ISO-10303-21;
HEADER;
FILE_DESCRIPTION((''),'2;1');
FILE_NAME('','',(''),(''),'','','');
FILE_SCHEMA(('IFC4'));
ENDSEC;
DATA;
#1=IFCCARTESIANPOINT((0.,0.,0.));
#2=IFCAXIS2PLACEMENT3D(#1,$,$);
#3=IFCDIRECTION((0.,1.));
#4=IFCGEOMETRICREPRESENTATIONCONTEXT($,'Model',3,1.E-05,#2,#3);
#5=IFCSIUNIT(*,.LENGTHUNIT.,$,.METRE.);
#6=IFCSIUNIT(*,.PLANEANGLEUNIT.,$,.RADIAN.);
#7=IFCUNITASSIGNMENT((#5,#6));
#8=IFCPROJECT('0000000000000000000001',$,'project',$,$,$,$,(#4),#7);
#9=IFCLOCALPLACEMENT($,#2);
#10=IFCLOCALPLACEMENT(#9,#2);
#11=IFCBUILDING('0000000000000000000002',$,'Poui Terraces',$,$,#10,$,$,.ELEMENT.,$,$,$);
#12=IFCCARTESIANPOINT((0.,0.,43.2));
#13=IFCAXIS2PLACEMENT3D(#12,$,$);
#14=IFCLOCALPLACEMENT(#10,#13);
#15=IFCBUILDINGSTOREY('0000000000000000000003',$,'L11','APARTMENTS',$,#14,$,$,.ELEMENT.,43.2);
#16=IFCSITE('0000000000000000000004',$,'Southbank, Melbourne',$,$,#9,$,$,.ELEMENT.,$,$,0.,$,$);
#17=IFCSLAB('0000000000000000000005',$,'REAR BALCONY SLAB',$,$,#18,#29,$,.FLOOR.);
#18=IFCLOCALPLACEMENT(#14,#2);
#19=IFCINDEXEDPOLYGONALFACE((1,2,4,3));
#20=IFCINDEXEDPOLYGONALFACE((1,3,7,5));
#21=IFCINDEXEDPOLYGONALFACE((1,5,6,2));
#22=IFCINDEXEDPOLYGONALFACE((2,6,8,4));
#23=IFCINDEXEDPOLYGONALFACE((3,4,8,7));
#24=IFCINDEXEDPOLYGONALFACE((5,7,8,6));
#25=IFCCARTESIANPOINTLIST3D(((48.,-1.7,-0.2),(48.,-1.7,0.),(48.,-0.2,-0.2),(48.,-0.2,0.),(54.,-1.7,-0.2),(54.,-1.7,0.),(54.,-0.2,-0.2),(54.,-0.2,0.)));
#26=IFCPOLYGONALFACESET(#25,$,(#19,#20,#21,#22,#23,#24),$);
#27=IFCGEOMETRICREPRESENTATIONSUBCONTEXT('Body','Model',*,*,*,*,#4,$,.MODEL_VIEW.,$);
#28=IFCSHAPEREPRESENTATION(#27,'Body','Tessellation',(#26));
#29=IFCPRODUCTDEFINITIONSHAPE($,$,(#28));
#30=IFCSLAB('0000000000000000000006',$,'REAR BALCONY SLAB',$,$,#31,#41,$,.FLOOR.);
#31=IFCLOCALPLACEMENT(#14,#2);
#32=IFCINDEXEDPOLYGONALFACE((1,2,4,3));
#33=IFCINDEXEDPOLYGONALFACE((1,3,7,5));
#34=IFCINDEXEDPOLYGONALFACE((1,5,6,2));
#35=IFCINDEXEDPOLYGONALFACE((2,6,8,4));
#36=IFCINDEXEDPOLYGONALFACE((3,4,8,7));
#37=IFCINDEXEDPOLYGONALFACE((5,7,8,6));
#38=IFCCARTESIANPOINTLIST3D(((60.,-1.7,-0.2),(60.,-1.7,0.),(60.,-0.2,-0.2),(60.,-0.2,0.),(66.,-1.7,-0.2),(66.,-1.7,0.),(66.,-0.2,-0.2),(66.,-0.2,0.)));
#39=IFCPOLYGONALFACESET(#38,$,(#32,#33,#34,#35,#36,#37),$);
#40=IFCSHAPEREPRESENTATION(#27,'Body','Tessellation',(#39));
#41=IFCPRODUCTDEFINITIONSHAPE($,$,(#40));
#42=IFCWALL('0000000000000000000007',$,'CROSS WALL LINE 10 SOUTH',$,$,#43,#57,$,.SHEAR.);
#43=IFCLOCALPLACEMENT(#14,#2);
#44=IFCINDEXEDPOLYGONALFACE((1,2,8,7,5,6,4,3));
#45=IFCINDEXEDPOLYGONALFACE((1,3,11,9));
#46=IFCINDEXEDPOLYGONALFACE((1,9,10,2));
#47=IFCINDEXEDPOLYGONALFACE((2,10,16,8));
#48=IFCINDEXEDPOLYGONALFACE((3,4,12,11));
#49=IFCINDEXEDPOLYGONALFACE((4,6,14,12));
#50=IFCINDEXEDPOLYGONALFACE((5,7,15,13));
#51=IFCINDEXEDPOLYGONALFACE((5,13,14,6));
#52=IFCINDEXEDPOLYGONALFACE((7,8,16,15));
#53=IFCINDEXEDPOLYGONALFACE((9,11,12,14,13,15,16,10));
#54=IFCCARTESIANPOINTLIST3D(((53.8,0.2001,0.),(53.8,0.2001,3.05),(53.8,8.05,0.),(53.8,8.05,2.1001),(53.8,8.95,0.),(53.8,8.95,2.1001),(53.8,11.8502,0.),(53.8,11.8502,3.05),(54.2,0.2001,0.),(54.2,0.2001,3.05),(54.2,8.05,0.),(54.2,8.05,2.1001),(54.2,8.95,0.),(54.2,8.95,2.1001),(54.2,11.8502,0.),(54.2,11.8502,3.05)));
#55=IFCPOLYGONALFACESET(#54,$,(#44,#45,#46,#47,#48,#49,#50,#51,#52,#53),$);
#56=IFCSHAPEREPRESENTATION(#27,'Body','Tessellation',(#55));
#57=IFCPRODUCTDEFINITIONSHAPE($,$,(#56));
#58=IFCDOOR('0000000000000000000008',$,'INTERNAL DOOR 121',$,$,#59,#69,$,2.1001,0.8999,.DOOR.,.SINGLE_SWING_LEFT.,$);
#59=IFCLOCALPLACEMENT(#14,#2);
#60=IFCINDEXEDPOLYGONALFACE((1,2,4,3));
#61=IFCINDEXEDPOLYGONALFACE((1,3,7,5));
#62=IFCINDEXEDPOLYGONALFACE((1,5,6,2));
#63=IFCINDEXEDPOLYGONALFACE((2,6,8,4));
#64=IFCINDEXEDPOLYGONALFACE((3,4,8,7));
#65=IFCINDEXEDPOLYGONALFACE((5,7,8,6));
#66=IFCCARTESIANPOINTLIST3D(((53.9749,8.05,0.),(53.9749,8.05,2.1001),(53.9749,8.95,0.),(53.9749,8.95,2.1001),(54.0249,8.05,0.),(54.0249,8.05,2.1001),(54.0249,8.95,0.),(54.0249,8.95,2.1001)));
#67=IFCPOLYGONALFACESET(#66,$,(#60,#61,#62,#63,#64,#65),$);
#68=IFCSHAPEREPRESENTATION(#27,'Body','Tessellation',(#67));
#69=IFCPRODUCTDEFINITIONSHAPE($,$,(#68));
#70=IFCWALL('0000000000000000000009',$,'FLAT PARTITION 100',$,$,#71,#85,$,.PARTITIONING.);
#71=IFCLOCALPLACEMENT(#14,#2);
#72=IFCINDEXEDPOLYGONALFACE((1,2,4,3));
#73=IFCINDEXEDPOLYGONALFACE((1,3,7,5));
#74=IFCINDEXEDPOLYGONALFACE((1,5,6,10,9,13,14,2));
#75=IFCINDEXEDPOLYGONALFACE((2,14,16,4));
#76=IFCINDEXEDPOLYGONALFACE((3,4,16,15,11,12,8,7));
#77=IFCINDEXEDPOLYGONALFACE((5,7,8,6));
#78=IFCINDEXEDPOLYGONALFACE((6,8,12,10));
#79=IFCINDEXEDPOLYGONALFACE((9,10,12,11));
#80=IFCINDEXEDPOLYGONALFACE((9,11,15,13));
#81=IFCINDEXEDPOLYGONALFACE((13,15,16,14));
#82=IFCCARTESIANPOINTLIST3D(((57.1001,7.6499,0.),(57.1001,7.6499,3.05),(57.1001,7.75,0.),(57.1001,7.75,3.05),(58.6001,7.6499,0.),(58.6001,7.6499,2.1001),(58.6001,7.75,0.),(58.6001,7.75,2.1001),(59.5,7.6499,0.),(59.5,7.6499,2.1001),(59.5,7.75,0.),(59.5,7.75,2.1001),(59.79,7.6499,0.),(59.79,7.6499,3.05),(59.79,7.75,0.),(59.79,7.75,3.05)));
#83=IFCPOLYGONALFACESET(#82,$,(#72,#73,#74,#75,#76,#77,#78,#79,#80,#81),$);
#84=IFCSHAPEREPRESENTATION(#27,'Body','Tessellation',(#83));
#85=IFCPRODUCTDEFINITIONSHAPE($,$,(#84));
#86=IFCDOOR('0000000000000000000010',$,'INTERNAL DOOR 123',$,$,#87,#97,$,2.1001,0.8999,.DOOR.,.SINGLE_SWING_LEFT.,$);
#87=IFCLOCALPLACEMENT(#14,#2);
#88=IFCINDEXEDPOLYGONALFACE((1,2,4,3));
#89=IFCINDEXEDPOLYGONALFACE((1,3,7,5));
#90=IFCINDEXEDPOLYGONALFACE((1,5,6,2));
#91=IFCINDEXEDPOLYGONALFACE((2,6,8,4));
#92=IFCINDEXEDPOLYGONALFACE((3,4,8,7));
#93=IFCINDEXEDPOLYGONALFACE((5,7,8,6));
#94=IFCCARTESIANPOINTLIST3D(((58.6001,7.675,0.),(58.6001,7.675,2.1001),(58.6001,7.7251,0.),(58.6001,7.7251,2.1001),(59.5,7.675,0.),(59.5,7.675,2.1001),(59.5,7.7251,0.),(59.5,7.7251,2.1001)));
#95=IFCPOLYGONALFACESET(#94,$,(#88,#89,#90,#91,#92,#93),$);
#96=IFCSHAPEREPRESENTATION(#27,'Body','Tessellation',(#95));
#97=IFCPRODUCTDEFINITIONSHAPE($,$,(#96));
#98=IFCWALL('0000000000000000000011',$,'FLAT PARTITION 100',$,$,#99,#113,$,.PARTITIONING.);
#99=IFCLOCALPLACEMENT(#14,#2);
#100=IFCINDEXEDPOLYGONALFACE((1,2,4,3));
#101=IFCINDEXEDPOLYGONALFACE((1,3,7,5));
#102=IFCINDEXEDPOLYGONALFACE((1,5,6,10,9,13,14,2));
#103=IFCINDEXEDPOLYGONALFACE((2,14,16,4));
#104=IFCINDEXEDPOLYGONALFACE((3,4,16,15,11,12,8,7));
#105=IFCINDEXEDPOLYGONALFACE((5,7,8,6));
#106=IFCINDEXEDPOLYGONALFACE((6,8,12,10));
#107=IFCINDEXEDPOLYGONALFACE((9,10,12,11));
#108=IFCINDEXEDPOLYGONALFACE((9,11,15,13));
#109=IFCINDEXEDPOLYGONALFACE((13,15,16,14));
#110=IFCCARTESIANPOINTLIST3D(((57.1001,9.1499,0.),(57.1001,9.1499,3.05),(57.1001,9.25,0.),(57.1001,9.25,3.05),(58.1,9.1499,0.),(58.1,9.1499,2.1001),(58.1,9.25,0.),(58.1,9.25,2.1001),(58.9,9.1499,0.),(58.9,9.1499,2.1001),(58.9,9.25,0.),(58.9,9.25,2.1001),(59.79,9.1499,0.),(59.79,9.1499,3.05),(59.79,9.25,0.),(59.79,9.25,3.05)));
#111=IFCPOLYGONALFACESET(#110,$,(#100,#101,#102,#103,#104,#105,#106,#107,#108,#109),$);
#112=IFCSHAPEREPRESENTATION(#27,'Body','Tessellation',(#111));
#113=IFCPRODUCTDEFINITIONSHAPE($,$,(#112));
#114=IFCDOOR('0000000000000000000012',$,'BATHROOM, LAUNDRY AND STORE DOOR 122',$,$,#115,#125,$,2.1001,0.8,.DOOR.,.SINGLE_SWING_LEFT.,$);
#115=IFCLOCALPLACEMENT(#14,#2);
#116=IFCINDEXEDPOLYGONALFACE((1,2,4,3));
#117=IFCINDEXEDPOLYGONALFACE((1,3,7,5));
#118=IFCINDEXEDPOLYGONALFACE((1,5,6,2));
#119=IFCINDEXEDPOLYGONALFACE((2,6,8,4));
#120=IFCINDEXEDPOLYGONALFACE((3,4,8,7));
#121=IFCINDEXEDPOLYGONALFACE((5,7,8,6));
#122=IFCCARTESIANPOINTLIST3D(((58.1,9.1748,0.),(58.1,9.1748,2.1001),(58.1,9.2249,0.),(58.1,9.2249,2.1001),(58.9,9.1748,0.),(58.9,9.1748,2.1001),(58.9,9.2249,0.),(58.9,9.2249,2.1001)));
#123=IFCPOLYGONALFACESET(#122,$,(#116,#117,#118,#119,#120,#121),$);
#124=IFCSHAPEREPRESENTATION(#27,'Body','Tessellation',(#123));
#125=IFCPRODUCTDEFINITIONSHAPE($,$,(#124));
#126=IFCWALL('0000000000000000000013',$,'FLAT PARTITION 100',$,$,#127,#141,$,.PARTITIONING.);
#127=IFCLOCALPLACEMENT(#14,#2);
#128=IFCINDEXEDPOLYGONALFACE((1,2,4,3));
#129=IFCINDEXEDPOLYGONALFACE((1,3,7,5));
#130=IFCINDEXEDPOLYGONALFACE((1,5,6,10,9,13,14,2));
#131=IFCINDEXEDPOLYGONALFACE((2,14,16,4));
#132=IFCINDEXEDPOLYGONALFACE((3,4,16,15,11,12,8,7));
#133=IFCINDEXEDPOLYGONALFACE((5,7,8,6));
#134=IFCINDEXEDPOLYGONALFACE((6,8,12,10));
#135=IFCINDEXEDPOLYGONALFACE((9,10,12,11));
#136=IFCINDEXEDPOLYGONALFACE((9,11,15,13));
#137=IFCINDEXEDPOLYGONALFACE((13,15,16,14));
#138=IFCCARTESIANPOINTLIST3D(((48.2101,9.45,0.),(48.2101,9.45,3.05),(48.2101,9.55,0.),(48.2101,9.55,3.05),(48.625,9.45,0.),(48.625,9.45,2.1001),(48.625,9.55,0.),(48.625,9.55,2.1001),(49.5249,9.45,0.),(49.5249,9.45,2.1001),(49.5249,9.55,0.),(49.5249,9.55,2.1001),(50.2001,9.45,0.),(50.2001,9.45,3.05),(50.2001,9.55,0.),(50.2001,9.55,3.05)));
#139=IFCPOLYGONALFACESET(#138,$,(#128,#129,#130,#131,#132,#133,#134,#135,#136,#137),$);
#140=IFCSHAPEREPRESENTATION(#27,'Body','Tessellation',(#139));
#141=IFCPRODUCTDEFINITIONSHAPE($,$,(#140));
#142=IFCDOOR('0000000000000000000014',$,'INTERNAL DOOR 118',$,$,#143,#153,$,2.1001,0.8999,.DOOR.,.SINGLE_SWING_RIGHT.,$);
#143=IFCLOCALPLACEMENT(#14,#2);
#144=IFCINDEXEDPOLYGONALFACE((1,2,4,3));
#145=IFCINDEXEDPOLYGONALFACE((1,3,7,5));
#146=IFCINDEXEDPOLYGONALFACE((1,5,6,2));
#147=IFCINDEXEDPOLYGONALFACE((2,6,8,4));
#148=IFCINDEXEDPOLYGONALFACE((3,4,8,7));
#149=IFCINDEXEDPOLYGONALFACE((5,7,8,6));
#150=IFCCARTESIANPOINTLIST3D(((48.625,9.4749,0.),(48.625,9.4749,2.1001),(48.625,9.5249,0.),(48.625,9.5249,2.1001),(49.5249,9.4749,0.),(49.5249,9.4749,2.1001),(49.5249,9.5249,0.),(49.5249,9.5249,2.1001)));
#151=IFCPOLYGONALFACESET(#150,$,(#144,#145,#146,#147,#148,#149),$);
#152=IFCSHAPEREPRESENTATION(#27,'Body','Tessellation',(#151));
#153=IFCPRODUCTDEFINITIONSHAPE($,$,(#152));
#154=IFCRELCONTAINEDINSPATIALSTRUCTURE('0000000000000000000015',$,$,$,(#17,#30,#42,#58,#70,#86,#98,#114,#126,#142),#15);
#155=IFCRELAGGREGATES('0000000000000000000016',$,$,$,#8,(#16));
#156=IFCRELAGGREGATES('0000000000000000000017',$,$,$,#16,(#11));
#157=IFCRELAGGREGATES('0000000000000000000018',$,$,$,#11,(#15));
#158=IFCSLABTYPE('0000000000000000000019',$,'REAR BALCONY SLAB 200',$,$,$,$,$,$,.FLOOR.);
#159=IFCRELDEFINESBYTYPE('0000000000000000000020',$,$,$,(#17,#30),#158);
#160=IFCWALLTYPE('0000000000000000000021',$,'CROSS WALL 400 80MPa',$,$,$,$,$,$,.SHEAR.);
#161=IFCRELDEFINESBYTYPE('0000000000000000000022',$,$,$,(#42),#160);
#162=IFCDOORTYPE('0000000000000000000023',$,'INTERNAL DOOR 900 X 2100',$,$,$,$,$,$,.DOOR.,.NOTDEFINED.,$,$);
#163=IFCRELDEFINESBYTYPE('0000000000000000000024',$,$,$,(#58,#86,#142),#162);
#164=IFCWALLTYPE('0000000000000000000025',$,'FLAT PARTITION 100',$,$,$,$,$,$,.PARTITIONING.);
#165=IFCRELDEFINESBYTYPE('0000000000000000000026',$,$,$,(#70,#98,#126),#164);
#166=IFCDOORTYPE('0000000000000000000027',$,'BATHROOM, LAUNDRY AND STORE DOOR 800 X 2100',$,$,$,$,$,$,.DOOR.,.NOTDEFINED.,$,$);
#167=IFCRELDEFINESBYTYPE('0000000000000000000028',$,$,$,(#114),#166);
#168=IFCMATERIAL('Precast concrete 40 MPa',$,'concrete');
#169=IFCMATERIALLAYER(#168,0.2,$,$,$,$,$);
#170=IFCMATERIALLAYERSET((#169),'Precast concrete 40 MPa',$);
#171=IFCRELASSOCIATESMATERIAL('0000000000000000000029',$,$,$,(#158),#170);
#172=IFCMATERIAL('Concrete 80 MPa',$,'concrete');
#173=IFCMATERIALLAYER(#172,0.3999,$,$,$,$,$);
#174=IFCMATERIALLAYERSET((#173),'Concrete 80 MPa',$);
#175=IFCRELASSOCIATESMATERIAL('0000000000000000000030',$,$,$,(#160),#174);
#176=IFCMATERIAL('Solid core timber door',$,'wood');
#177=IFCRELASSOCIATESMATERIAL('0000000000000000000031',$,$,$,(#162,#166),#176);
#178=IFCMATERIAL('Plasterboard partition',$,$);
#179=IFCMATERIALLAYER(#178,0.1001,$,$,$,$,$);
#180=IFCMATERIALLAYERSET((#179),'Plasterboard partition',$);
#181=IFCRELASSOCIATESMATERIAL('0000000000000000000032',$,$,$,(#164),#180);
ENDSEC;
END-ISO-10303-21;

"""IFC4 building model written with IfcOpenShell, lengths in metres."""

from ifc_helpers import new_model, si_unit, direction, frame, frame_2d, origin, place, context, subcontext, project, spatial, polyline, rectangle, outline, extrude, source, transform, mapped, material, layer, layer_set, type_object, element, fill, save


model = new_model("IFC4")

# Units and contexts
model_context = context("Model", 3, precision=1e-05, world=origin(), true_north=direction((0.0, 1.0)))
body_context = subcontext(model_context, "Body", "Model", "MODEL_VIEW")
ifc_project = project(units=[si_unit("LENGTHUNIT", "METRE"), si_unit("PLANEANGLEUNIT", "RADIAN")], contexts=[model_context])

# Site, building, storey
site_placement = place(None, origin())
site = spatial("IfcSite", under=ifc_project, at=site_placement, Name="Southbank, Melbourne", CompositionType="ELEMENT", RefElevation=0.0)
building_placement = place(site_placement, origin())
building = spatial("IfcBuilding", under=site, at=building_placement, Name="Poui Terraces", CompositionType="ELEMENT")
storey_placement = place(building_placement, frame((0.0, 0.0, 43.2)))
storey = spatial("IfcBuildingStorey", under=building, at=storey_placement, Name="L11", Description="APARTMENTS", CompositionType="ELEMENT", Elevation=43.2)

# Slabs
ifc_material_1 = material(Name="Precast concrete 40 MPa", Category="concrete")
ifc_layer_1 = layer(ifc_material_1, 0.2)
ifc_layer_set_1 = layer_set([ifc_layer_1], Name="Precast concrete 40 MPa")
slab_type = type_object("IfcSlabType", Name="REAR BALCONY SLAB 200", PredefinedType="FLOOR", material=ifc_layer_set_1)
shared_shape_1 = source(origin(), body_context, "Body", "SweptSolid", [
    extrude(outline(polyline([(0.0, 0.0), (6.0, 0.0), (6.0, 1.5), (0.0, 1.5), (0.0, 0.0)])), origin(), (0.0, 0.0, 1.0), 0.2),
])
for number, where, name in (
    (1, (48.0, -1.7, -0.2), "REAR BALCONY SLAB"),
    (2, (60.0, -1.7, -0.2), "REAR BALCONY SLAB"),
):
    element("IfcSlab", number, at=place(storey_placement, frame(where)), inside=storey, type_object=slab_type, Name=name, PredefinedType="FLOOR", context=body_context, shape_type="MappedRepresentation", body=[
        mapped(shared_shape_1, transform((0.0, 0.0, 0.0))),
    ])

# Walls, openings, doors
ifc_material_2 = material(Name="Concrete 80 MPa", Category="concrete")
ifc_layer_2 = layer(ifc_material_2, 0.3999)
ifc_layer_set_2 = layer_set([ifc_layer_2], Name="Concrete 80 MPa")
wall_type_1 = type_object("IfcWallType", Name="CROSS WALL 400 80MPa", PredefinedType="SHEAR", material=ifc_layer_set_2)
wall_1_placement = place(storey_placement, frame((54.0, 0.2, 0.0), z_axis=(0.0, 0.0, 1.0), x_axis=(0.0, 1.0, 0.0)))
wall_1 = element("IfcWall", 3, at=wall_1_placement, inside=storey, type_object=wall_type_1, Name="CROSS WALL LINE 10 SOUTH", PredefinedType="SHEAR", context=body_context, shape_type="SweptSolid", body=[
    extrude(rectangle(XDim=11.6501, YDim=0.3999, at=frame_2d((5.8252, 0.0))), origin(), (0.0, 0.0, 1.0), 3.05),
])
opening_1_placement = place(wall_1_placement, frame((7.8501, 0.0, 0.0)))
opening_1 = element("IfcOpeningElement", 4, at=opening_1_placement, cuts=wall_1, PredefinedType="OPENING", context=body_context, shape_type="SweptSolid", body=[
    extrude(rectangle(XDim=0.8999, YDim=2.1001, at=frame_2d((0.45, 1.05))), frame((0.0, 0.21, 0.0), z_axis=(0.0, -1.0, 0.0), x_axis=(1.0, 0.0, 0.0)), (0.0, 0.0, 1.0), 0.4199),
])
ifc_material_3 = material(Name="Solid core timber door", Category="wood")
door_type_1 = type_object("IfcDoorType", Name="INTERNAL DOOR 900 X 2100", OperationType="NOTDEFINED", PredefinedType="DOOR", material=ifc_material_3)
door_1_placement = place(opening_1_placement, frame((0.8999, 0.0, 0.0), z_axis=(0.0, 0.0, 1.0), x_axis=(-1.0, 0.0, 0.0)))
door_1 = element("IfcDoor", 5, at=door_1_placement, inside=storey, type_object=door_type_1, Name="INTERNAL DOOR 121", OperationType="SINGLE_SWING_LEFT", OverallHeight=2.1001, OverallWidth=0.8999, PredefinedType="DOOR", context=body_context, shape_type="SweptSolid", body=[
    extrude(rectangle(XDim=0.8999, YDim=2.1001, at=frame_2d((0.45, 1.05))), frame((0.0, 0.0249, 0.0), z_axis=(0.0, -1.0, 0.0), x_axis=(1.0, 0.0, 0.0)), (0.0, 0.0, 1.0), 0.05),
])
fill(opening_1, door_1)
ifc_material_4 = material(Name="Plasterboard partition")
ifc_layer_3 = layer(ifc_material_4, 0.1001)
ifc_layer_set_3 = layer_set([ifc_layer_3], Name="Plasterboard partition")
wall_type_2 = type_object("IfcWallType", Name="FLAT PARTITION 100", PredefinedType="PARTITIONING", material=ifc_layer_set_3)
wall_2_placement = place(storey_placement, frame((57.1001, 7.7, 0.0), z_axis=(0.0, 0.0, 1.0), x_axis=(1.0, 0.0, 0.0)))
wall_2 = element("IfcWall", 6, at=wall_2_placement, inside=storey, type_object=wall_type_2, Name="FLAT PARTITION 100", PredefinedType="PARTITIONING", context=body_context, shape_type="SweptSolid", body=[
    extrude(rectangle(XDim=2.6899, YDim=0.1001, at=frame_2d((1.345, 0.0))), origin(), (0.0, 0.0, 1.0), 3.05),
])
opening_2_placement = place(wall_2_placement, frame((1.5, 0.0, 0.0)))
opening_2 = element("IfcOpeningElement", 7, at=opening_2_placement, cuts=wall_2, PredefinedType="OPENING", context=body_context, shape_type="SweptSolid", body=[
    extrude(rectangle(XDim=0.8999, YDim=2.1001, at=frame_2d((0.45, 1.05))), frame((0.0, 0.0601, 0.0), z_axis=(0.0, -1.0, 0.0), x_axis=(1.0, 0.0, 0.0)), (0.0, 0.0, 1.0), 0.1201),
])
door_2_placement = place(opening_2_placement, frame((0.8999, 0.0, 0.0), z_axis=(0.0, 0.0, 1.0), x_axis=(-1.0, 0.0, 0.0)))
door_2 = element("IfcDoor", 8, at=door_2_placement, inside=storey, type_object=door_type_1, Name="INTERNAL DOOR 123", OperationType="SINGLE_SWING_LEFT", OverallHeight=2.1001, OverallWidth=0.8999, PredefinedType="DOOR", context=body_context, shape_type="SweptSolid", body=[
    extrude(rectangle(XDim=0.8999, YDim=2.1001, at=frame_2d((0.45, 1.05))), frame((0.0, 0.0249, 0.0), z_axis=(0.0, -1.0, 0.0), x_axis=(1.0, 0.0, 0.0)), (0.0, 0.0, 1.0), 0.05),
])
fill(opening_2, door_2)
wall_3_placement = place(storey_placement, frame((57.1001, 9.2, 0.0), z_axis=(0.0, 0.0, 1.0), x_axis=(1.0, 0.0, 0.0)))
wall_3 = element("IfcWall", 9, at=wall_3_placement, inside=storey, type_object=wall_type_2, Name="FLAT PARTITION 100", PredefinedType="PARTITIONING", context=body_context, shape_type="SweptSolid", body=[
    extrude(rectangle(XDim=2.6899, YDim=0.1001, at=frame_2d((1.345, 0.0))), origin(), (0.0, 0.0, 1.0), 3.05),
])
opening_3_placement = place(wall_3_placement, frame((1.0, 0.0, 0.0)))
opening_3 = element("IfcOpeningElement", 10, at=opening_3_placement, cuts=wall_3, PredefinedType="OPENING", context=body_context, shape_type="SweptSolid", body=[
    extrude(rectangle(XDim=0.8, YDim=2.1001, at=frame_2d((0.3999, 1.05))), frame((0.0, 0.0601, 0.0), z_axis=(0.0, -1.0, 0.0), x_axis=(1.0, 0.0, 0.0)), (0.0, 0.0, 1.0), 0.1201),
])
door_type_2 = type_object("IfcDoorType", Name="BATHROOM, LAUNDRY AND STORE DOOR 800 X 2100", OperationType="NOTDEFINED", PredefinedType="DOOR", material=ifc_material_3)
door_3_placement = place(opening_3_placement, origin())
door_3 = element("IfcDoor", 11, at=door_3_placement, inside=storey, type_object=door_type_2, Name="BATHROOM, LAUNDRY AND STORE DOOR 122", OperationType="SINGLE_SWING_LEFT", OverallHeight=2.1001, OverallWidth=0.8, PredefinedType="DOOR", context=body_context, shape_type="SweptSolid", body=[
    extrude(rectangle(XDim=0.8, YDim=2.1001, at=frame_2d((0.3999, 1.05))), frame((0.0, 0.0249, 0.0), z_axis=(0.0, -1.0, 0.0), x_axis=(1.0, 0.0, 0.0)), (0.0, 0.0, 1.0), 0.05),
])
fill(opening_3, door_3)
wall_4_placement = place(storey_placement, frame((48.21, 9.5, 0.0), z_axis=(0.0, 0.0, 1.0), x_axis=(1.0, 0.0, 0.0)))
wall_4 = element("IfcWall", 12, at=wall_4_placement, inside=storey, type_object=wall_type_2, Name="FLAT PARTITION 100", PredefinedType="PARTITIONING", context=body_context, shape_type="SweptSolid", body=[
    extrude(rectangle(XDim=1.99, YDim=0.1001, at=frame_2d((0.9951, 0.0))), origin(), (0.0, 0.0, 1.0), 3.05),
])
opening_4_placement = place(wall_4_placement, frame((0.415, 0.0, 0.0)))
opening_4 = element("IfcOpeningElement", 13, at=opening_4_placement, cuts=wall_4, PredefinedType="OPENING", context=body_context, shape_type="SweptSolid", body=[
    extrude(rectangle(XDim=0.8999, YDim=2.1001, at=frame_2d((0.45, 1.05))), frame((0.0, 0.0601, 0.0), z_axis=(0.0, -1.0, 0.0), x_axis=(1.0, 0.0, 0.0)), (0.0, 0.0, 1.0), 0.1201),
])
door_4_placement = place(opening_4_placement, origin())
door_4 = element("IfcDoor", 14, at=door_4_placement, inside=storey, type_object=door_type_1, Name="INTERNAL DOOR 118", OperationType="SINGLE_SWING_RIGHT", OverallHeight=2.1001, OverallWidth=0.8999, PredefinedType="DOOR", context=body_context, shape_type="SweptSolid", body=[
    extrude(rectangle(XDim=0.8999, YDim=2.1001, at=frame_2d((0.45, 1.05))), frame((0.0, 0.0249, 0.0), z_axis=(0.0, -1.0, 0.0), x_axis=(1.0, 0.0, 0.0)), (0.0, 0.0, 1.0), 0.05),
])
fill(opening_4, door_4)

save(model, "model.ifc")
